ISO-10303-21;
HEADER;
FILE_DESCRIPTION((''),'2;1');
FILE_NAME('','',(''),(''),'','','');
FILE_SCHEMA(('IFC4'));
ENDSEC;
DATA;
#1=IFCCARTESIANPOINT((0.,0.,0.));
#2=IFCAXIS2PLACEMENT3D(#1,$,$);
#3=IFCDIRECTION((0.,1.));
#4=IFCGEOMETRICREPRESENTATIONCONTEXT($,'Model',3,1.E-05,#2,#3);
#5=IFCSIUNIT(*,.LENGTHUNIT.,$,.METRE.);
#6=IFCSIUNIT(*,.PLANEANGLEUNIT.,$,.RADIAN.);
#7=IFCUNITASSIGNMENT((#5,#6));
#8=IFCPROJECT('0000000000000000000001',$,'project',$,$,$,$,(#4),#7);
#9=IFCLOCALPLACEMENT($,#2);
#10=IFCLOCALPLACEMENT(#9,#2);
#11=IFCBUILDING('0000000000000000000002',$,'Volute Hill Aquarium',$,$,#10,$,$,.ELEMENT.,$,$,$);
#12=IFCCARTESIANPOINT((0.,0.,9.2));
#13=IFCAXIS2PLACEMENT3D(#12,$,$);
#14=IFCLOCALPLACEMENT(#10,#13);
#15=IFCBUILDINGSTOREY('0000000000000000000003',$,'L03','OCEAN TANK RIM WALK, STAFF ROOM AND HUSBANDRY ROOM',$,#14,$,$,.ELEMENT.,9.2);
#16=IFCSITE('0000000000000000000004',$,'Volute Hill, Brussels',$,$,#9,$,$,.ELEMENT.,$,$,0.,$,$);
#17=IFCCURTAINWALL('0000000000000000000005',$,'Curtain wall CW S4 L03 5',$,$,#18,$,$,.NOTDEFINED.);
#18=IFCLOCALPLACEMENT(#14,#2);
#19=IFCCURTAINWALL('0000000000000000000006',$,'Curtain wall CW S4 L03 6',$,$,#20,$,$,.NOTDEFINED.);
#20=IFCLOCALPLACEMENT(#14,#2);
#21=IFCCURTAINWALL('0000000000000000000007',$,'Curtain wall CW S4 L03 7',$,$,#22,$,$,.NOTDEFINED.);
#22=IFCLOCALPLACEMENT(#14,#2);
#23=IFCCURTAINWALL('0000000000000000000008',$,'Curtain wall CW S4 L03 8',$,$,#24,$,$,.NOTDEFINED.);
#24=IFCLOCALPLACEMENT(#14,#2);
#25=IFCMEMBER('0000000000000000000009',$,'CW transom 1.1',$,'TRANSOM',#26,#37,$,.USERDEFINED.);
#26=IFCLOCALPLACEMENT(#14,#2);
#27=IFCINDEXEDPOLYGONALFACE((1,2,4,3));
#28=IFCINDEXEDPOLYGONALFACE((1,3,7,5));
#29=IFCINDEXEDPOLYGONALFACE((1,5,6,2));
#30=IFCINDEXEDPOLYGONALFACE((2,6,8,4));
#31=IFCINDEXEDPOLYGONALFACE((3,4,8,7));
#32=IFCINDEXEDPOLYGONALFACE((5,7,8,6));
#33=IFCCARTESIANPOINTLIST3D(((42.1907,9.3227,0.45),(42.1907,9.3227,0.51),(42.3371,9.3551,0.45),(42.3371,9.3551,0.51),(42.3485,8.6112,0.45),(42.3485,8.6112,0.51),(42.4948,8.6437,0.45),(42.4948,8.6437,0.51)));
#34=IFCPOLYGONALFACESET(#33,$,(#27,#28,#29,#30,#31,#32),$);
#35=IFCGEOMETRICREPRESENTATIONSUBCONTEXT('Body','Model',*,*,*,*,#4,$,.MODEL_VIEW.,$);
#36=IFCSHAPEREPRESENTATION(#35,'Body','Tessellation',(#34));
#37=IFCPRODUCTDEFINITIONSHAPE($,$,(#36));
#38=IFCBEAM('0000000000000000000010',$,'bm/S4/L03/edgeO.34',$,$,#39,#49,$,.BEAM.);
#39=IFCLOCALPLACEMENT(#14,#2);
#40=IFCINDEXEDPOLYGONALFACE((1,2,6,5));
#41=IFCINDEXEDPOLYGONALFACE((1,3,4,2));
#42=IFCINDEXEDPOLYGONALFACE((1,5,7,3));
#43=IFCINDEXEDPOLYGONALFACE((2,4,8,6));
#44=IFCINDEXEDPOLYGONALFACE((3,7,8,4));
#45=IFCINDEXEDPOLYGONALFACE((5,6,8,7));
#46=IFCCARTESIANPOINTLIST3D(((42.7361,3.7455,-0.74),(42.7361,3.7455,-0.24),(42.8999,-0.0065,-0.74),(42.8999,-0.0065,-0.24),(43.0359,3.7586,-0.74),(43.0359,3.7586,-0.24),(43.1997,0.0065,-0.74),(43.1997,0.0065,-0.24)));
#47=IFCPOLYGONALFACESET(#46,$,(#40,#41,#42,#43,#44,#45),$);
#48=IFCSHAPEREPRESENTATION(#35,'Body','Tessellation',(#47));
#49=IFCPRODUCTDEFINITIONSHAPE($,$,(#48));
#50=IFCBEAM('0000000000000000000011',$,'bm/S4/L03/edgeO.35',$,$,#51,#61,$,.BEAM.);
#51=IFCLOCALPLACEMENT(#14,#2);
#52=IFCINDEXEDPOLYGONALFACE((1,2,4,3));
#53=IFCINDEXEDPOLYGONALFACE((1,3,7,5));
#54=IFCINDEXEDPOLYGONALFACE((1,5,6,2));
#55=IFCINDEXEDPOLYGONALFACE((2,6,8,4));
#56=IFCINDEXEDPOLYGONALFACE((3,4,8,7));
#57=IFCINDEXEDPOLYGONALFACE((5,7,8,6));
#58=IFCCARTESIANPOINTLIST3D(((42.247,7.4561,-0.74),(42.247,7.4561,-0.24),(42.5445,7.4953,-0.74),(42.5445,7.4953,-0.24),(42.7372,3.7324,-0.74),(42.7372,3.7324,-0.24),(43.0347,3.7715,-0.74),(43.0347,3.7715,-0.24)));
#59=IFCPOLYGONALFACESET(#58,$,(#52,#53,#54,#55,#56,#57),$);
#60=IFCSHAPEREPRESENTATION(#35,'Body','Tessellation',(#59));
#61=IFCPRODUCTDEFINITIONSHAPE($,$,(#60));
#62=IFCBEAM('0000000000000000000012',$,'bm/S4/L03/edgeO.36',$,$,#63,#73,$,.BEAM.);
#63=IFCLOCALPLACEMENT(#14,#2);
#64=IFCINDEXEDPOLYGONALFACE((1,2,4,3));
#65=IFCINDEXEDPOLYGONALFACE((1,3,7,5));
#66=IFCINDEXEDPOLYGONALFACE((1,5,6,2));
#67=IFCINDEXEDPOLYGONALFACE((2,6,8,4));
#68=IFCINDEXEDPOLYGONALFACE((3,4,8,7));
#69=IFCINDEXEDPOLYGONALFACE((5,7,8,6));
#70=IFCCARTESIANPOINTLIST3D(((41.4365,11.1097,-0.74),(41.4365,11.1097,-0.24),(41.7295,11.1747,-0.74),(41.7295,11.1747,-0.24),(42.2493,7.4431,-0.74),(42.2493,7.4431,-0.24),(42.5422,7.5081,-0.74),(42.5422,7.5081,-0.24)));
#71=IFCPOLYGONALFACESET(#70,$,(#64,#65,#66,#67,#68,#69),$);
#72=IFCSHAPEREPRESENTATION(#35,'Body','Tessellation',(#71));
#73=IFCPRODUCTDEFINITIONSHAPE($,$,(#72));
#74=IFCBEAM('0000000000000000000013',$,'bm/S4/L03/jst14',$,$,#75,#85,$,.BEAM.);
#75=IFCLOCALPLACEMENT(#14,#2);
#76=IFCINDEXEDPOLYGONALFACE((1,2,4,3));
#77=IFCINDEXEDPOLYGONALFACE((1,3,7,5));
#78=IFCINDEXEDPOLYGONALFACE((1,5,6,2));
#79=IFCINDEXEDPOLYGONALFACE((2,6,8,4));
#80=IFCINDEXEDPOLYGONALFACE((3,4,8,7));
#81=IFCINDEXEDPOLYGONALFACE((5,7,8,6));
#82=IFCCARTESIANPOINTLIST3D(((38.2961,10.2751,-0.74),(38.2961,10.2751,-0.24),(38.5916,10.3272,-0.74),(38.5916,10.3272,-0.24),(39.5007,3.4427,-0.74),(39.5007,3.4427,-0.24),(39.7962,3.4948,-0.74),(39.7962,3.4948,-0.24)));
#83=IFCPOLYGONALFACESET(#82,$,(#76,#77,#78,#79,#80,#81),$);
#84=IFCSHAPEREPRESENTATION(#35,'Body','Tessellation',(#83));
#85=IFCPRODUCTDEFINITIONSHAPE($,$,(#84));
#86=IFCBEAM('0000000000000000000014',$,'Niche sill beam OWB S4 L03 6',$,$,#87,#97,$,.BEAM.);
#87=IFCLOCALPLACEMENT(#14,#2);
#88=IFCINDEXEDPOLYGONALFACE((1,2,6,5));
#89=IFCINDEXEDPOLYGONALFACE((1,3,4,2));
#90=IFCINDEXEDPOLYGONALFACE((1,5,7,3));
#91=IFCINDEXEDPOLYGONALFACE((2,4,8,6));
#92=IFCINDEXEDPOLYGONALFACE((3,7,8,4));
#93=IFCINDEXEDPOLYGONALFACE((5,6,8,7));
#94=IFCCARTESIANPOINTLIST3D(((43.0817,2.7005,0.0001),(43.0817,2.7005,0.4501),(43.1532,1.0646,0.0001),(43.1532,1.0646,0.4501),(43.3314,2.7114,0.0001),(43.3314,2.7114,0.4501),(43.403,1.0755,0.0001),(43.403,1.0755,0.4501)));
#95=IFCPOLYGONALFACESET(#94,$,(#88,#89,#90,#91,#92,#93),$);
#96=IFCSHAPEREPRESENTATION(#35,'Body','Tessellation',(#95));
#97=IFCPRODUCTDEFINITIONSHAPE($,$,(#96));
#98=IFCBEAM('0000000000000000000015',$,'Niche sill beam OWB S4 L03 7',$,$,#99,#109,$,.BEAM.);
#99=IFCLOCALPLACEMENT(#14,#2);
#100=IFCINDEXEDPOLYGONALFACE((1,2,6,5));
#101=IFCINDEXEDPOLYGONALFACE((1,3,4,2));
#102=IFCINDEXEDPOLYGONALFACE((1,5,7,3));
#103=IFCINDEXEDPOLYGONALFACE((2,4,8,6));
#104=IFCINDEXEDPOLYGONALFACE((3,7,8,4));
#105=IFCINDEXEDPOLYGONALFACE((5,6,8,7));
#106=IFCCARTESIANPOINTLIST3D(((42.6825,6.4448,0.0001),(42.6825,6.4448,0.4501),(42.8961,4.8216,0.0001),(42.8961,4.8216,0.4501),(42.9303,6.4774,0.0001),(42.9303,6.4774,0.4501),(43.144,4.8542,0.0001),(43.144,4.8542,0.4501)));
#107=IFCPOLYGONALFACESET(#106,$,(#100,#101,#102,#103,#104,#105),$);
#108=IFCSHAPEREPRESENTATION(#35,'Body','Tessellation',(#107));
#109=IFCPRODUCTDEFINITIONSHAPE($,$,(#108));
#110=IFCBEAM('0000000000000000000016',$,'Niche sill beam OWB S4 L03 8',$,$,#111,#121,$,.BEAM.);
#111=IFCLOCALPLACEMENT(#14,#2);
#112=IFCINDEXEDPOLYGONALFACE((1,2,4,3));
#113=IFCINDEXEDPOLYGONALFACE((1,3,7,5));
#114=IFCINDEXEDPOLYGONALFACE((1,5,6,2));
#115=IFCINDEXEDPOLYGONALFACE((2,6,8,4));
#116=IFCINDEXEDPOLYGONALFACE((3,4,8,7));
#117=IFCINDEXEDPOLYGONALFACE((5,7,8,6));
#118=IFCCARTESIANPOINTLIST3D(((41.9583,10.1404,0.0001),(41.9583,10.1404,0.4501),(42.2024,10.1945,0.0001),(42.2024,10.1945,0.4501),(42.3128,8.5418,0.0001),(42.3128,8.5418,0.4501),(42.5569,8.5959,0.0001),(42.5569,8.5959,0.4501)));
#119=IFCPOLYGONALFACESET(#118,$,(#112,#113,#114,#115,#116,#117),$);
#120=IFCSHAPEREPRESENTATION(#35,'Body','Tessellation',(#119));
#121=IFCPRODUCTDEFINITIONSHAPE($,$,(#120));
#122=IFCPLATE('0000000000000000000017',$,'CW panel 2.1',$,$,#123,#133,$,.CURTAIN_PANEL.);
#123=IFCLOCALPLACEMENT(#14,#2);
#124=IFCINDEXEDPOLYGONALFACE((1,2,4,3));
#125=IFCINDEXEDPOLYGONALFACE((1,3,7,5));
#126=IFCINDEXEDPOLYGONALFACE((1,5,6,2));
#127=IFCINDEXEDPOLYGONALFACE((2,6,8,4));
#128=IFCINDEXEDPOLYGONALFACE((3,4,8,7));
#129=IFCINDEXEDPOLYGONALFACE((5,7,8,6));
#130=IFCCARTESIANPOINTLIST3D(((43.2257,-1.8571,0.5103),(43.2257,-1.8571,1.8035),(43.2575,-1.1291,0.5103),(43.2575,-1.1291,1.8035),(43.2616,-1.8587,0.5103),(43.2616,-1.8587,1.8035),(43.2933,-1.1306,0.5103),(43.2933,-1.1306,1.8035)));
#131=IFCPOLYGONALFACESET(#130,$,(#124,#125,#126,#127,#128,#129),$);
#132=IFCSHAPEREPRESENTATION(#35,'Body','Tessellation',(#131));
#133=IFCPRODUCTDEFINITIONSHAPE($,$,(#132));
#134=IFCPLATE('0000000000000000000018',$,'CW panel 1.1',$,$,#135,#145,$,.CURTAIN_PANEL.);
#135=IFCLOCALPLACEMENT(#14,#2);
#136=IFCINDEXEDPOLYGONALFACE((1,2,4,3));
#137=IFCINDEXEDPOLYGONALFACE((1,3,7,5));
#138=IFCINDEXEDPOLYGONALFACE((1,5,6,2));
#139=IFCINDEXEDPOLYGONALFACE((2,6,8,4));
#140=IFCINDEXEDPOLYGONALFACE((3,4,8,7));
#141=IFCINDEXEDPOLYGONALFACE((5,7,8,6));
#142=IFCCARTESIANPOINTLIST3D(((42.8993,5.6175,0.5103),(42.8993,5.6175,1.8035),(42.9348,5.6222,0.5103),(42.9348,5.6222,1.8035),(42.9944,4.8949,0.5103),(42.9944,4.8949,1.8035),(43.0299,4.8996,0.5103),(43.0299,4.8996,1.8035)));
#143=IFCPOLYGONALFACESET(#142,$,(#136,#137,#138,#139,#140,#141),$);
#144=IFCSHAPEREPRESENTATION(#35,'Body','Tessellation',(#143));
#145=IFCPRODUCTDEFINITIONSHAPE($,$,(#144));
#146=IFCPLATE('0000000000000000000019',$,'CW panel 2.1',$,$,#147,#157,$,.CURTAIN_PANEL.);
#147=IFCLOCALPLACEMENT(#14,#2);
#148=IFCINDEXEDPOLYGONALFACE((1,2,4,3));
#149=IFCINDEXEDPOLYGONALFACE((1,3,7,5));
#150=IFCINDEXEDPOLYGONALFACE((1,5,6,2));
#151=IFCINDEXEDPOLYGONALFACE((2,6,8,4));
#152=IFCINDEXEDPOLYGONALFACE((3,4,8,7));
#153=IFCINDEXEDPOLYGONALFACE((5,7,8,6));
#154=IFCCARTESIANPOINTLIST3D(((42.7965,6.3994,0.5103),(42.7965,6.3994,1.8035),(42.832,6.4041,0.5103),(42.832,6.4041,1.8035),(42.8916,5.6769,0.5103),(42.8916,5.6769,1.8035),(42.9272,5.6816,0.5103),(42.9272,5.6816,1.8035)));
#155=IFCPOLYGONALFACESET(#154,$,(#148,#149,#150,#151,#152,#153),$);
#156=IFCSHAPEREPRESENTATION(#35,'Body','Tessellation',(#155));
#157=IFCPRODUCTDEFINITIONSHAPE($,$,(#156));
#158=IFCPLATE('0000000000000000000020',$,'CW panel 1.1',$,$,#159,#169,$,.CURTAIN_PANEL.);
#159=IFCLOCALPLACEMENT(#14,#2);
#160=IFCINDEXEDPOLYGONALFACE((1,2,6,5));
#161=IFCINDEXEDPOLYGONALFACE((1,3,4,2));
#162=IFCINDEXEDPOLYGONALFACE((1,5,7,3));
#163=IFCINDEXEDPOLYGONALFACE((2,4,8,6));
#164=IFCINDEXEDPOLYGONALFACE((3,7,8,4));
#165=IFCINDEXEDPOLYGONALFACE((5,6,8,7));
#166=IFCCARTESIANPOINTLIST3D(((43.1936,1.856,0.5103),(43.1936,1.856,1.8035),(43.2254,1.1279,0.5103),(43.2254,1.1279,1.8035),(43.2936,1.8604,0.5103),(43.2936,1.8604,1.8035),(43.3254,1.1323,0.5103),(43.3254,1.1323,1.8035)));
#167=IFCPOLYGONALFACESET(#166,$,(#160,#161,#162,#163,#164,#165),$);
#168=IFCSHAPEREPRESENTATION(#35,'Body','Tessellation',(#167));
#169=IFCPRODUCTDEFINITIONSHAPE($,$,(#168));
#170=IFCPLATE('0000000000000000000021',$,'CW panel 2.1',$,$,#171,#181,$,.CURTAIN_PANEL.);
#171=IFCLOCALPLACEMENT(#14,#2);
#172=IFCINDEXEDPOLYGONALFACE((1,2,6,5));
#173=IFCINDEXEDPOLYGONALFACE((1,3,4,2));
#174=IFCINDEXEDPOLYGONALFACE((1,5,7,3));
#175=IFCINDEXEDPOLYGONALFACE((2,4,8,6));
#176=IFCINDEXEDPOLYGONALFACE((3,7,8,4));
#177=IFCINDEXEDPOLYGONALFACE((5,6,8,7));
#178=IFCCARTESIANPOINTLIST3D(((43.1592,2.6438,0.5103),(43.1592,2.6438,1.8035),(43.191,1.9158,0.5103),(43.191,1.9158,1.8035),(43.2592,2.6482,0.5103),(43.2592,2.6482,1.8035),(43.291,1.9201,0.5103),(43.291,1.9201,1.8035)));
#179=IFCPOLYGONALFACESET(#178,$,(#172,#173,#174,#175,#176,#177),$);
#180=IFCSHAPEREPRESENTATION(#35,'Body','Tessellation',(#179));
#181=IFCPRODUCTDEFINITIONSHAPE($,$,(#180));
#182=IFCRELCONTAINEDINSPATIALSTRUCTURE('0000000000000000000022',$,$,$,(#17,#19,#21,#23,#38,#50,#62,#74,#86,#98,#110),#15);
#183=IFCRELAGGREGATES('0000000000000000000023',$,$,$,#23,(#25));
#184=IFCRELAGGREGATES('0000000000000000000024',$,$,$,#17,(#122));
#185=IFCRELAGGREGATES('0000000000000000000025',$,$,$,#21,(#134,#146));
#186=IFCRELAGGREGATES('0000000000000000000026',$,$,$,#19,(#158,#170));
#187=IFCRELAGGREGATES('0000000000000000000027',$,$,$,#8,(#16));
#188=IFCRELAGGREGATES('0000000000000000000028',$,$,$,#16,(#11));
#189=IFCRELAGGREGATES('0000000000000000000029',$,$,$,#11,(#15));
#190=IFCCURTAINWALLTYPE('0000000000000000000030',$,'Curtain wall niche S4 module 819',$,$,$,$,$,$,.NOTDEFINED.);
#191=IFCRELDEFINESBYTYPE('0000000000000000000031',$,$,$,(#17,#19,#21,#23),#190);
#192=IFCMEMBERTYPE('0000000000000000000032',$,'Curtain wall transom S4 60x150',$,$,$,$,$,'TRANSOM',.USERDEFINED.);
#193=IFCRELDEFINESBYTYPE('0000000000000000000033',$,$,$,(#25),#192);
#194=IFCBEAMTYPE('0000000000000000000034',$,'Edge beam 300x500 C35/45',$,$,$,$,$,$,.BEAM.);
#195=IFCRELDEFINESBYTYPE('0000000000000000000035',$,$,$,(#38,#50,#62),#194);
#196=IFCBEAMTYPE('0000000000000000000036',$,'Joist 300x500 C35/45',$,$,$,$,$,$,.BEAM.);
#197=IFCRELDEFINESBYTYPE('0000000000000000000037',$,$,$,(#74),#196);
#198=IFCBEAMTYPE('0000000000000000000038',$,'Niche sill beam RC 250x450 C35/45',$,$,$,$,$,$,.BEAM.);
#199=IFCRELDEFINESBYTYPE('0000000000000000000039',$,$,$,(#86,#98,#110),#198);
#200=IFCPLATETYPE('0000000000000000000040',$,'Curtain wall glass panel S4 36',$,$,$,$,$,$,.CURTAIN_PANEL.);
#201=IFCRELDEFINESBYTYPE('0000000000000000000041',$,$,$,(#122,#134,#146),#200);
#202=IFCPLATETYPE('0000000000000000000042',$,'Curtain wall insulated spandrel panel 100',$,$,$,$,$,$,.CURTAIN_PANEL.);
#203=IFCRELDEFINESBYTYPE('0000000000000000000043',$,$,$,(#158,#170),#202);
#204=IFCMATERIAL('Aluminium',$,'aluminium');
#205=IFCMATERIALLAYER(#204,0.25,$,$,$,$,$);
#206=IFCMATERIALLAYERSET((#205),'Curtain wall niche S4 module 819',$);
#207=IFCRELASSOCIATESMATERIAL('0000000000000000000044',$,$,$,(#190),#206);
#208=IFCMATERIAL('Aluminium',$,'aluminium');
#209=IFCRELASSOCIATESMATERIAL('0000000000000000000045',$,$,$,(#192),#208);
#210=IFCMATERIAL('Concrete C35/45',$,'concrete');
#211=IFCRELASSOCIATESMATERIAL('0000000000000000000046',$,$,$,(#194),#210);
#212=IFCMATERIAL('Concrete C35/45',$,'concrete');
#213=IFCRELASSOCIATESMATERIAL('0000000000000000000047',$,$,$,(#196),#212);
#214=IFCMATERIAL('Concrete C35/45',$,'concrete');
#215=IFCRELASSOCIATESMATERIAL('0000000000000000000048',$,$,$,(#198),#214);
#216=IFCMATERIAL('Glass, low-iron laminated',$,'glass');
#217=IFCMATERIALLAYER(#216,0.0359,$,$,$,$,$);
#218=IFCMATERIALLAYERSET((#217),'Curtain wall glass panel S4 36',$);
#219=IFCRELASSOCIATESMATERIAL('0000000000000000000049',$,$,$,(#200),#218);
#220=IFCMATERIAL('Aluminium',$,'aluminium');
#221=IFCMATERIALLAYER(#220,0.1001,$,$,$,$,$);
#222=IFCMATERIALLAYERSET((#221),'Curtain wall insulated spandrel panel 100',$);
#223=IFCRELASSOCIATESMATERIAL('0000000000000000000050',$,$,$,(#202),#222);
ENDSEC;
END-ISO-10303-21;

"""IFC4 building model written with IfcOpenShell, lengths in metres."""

from ifc_helpers import new_model, si_unit, direction, frame, origin, origin_2d, place, context, subcontext, project, spatial, rectangle, extrude, material, layer, layer_set, material_profile, profile_set, type_object, element, aggregate, save


model = new_model("IFC4")

# Units and contexts
model_context = context("Model", 3, precision=1e-05, world=origin(), true_north=direction((0.0, 1.0)))
body_context = subcontext(model_context, "Body", "Model", "MODEL_VIEW")
ifc_project = project(units=[si_unit("LENGTHUNIT", "METRE"), si_unit("PLANEANGLEUNIT", "RADIAN")], contexts=[model_context])

# Site, building, storey
site_placement = place(None, origin())
site = spatial("IfcSite", under=ifc_project, at=site_placement, Name="Volute Hill, Brussels", CompositionType="ELEMENT", RefElevation=0.0)
building_placement = place(site_placement, origin())
building = spatial("IfcBuilding", under=site, at=building_placement, Name="Volute Hill Aquarium", CompositionType="ELEMENT")
storey_placement = place(building_placement, frame((0.0, 0.0, 9.2)))
storey = spatial("IfcBuildingStorey", under=building, at=storey_placement, Name="L03", Description="OCEAN TANK RIM WALK, STAFF ROOM AND HUSBANDRY ROOM", CompositionType="ELEMENT", Elevation=9.2)

# Curtain wall
ifc_material_1 = material(Name="Aluminium", Category="aluminium")
ifc_layer_1 = layer(ifc_material_1, 0.25)
ifc_layer_set_1 = layer_set([ifc_layer_1], Name="Curtain wall niche S4 module 819")
curtain_wall_type = type_object("IfcCurtainWallType", Name="Curtain wall niche S4 module 819", PredefinedType="NOTDEFINED", material=ifc_layer_set_1)
curtain_wall_1_placement = place(storey_placement, origin())
curtain_wall_1 = element("IfcCurtainWall", 1, at=curtain_wall_1_placement, inside=storey, type_object=curtain_wall_type, Name="Curtain wall CW S4 L03 5", PredefinedType="NOTDEFINED")

# Curtain walls
curtain_wall_2_placement = place(storey_placement, origin())
curtain_wall_2 = element("IfcCurtainWall", 2, at=curtain_wall_2_placement, inside=storey, type_object=curtain_wall_type, Name="Curtain wall CW S4 L03 6", PredefinedType="NOTDEFINED")
curtain_wall_3_placement = place(storey_placement, origin())
curtain_wall_3 = element("IfcCurtainWall", 3, at=curtain_wall_3_placement, inside=storey, type_object=curtain_wall_type, Name="Curtain wall CW S4 L03 7", PredefinedType="NOTDEFINED")

# Curtain wall
curtain_wall_4_placement = place(storey_placement, origin())
curtain_wall_4 = element("IfcCurtainWall", 4, at=curtain_wall_4_placement, inside=storey, type_object=curtain_wall_type, Name="Curtain wall CW S4 L03 8", PredefinedType="NOTDEFINED")

# Member
ifc_material_2 = material(Name="Aluminium", Category="aluminium")
ifc_material_profile_1 = material_profile(ifc_material_2, rectangle(XDim=0.1499, YDim=0.0601, at=origin_2d()), Name="Curtain wall transom S4 60x150")
ifc_profile_set_1 = profile_set([ifc_material_profile_1], Name="Aluminium")
member_type_1 = type_object("IfcMemberType", Name="Curtain wall transom S4 60x150", ElementType="TRANSOM", PredefinedType="USERDEFINED", material=ifc_profile_set_1)
member_1_placement = place(storey_placement, frame((42.4216, 8.6274, 0.48), z_axis=(-0.216434, 0.976297, 0.0), x_axis=(-0.976297, -0.216434, 0.0)))
member_1 = element("IfcMember", 5, at=member_1_placement, type_object=member_type_1, Name="CW transom 1.1", ObjectType="TRANSOM", PredefinedType="USERDEFINED", context=body_context, shape_type="SweptSolid", body=[
    extrude(rectangle(XDim=0.1499, YDim=0.0601, at=origin_2d()), origin(), (0.0, 0.0, 1.0), 0.7288),
])
aggregate(curtain_wall_4, [member_1])

# Beams
ifc_material_3 = material(Name="Concrete C35/45", Category="concrete")
ifc_material_profile_2 = material_profile(ifc_material_3, rectangle(XDim=0.3, YDim=0.5, at=origin_2d()), Name="RC edge beam 300x500")
ifc_profile_set_2 = profile_set([ifc_material_profile_2], Name="Concrete C35/45")
beam_type_1 = type_object("IfcBeamType", Name="Edge beam 300x500 C35/45", PredefinedType="BEAM", material=ifc_profile_set_2)
beam_1_placement = place(storey_placement, frame((43.0498, 0.0, -0.49), z_axis=(-0.043621, 0.999048, 0.0), x_axis=(-0.999048, -0.043621, 0.0)))
element("IfcBeam", 6, at=beam_1_placement, inside=storey, type_object=beam_type_1, Name="bm/S4/L03/edgeO.34", PredefinedType="BEAM", context=body_context, shape_type="SweptSolid", body=[
    extrude(rectangle(XDim=0.3, YDim=0.5, at=origin_2d()), origin(), (0.0, 0.0, 1.0), 3.7556),
])
beam_2_placement = place(storey_placement, frame((42.886, 3.752, -0.49), z_axis=(-0.130528, 0.991445, 0.0), x_axis=(-0.991445, -0.130528, 0.0)))
element("IfcBeam", 7, at=beam_2_placement, inside=storey, type_object=beam_type_1, Name="bm/S4/L03/edgeO.35", PredefinedType="BEAM", context=body_context, shape_type="SweptSolid", body=[
    extrude(rectangle(XDim=0.3, YDim=0.5, at=origin_2d()), origin(), (0.0, 0.0, 1.0), 3.7559),
])
beam_3_placement = place(storey_placement, frame((42.3958, 7.4756, -0.49), z_axis=(-0.216414, 0.976302, 0.0), x_axis=(-0.976302, -0.216414, 0.0)))
element("IfcBeam", 8, at=beam_3_placement, inside=storey, type_object=beam_type_1, Name="bm/S4/L03/edgeO.36", PredefinedType="BEAM", context=body_context, shape_type="SweptSolid", body=[
    extrude(rectangle(XDim=0.3, YDim=0.5, at=origin_2d()), origin(), (0.0, 0.0, 1.0), 3.7556),
])
ifc_material_4 = material(Name="Concrete C35/45", Category="concrete")
ifc_material_profile_3 = material_profile(ifc_material_4, rectangle(XDim=0.3, YDim=0.5, at=origin_2d()), Name="RC joist 300x500")
ifc_profile_set_3 = profile_set([ifc_material_profile_3], Name="Concrete C35/45")
beam_type_2 = type_object("IfcBeamType", Name="Joist 300x500 C35/45", PredefinedType="BEAM", material=ifc_profile_set_3)
beam_4_placement = place(storey_placement, frame((39.6484, 3.4688, -0.49), z_axis=(-0.173631, 0.984811, 0.0), x_axis=(-0.984811, -0.173631, 0.0)))
element("IfcBeam", 9, at=beam_4_placement, inside=storey, type_object=beam_type_2, Name="bm/S4/L03/jst14", PredefinedType="BEAM", context=body_context, shape_type="SweptSolid", body=[
    extrude(rectangle(XDim=0.3, YDim=0.5, at=origin_2d()), origin(), (0.0, 0.0, 1.0), 6.9377),
])
ifc_material_5 = material(Name="Concrete C35/45", Category="concrete")
ifc_material_profile_4 = material_profile(ifc_material_5, rectangle(XDim=0.25, YDim=0.45, at=origin_2d()), Name="RC beam 250x450")
ifc_profile_set_4 = profile_set([ifc_material_profile_4], Name="Concrete C35/45")
beam_type_3 = type_object("IfcBeamType", Name="Niche sill beam RC 250x450 C35/45", PredefinedType="BEAM", material=ifc_profile_set_4)
beam_5_placement = place(storey_placement, frame((43.2781, 1.0701, 0.2251), z_axis=(-0.043683, 0.999045, 0.0), x_axis=(-0.999045, -0.043683, 0.0)))
element("IfcBeam", 10, at=beam_5_placement, inside=storey, type_object=beam_type_3, Name="Niche sill beam OWB S4 L03 6", PredefinedType="BEAM", context=body_context, shape_type="SweptSolid", body=[
    extrude(rectangle(XDim=0.25, YDim=0.45, at=origin_2d()), origin(), (0.0, 0.0, 1.0), 1.6375),
])
beam_6_placement = place(storey_placement, frame((43.02, 4.8379, 0.2251), z_axis=(-0.130474, 0.991452, 0.0), x_axis=(-0.991452, -0.130474, 0.0)))
element("IfcBeam", 11, at=beam_6_placement, inside=storey, type_object=beam_type_3, Name="Niche sill beam OWB S4 L03 7", PredefinedType="BEAM", context=body_context, shape_type="SweptSolid", body=[
    extrude(rectangle(XDim=0.25, YDim=0.45, at=origin_2d()), origin(), (0.0, 0.0, 1.0), 1.6372),
])
beam_7_placement = place(storey_placement, frame((42.4348, 8.5688, 0.2251), z_axis=(-0.216488, 0.976285, 0.0), x_axis=(-0.976285, -0.216488, 0.0)))
element("IfcBeam", 12, at=beam_7_placement, inside=storey, type_object=beam_type_3, Name="Niche sill beam OWB S4 L03 8", PredefinedType="BEAM", context=body_context, shape_type="SweptSolid", body=[
    extrude(rectangle(XDim=0.25, YDim=0.45, at=origin_2d()), origin(), (0.0, 0.0, 1.0), 1.6375),
])

# Plates
ifc_material_6 = material(Name="Glass, low-iron laminated", Category="glass")
ifc_layer_2 = layer(ifc_material_6, 0.0359)
ifc_layer_set_2 = layer_set([ifc_layer_2], Name="Curtain wall glass panel S4 36")
plate_type_1 = type_object("IfcPlateType", Name="Curtain wall glass panel S4 36", PredefinedType="CURTAIN_PANEL", material=ifc_layer_set_2)
plate_1_placement = place(storey_placement, frame((43.2595, -1.4939, 0.5103), z_axis=(0.0, 0.0, 1.0), x_axis=(0.043617, 0.999048, 0.0)))
plate_1 = element("IfcPlate", 13, at=plate_1_placement, type_object=plate_type_1, Name="CW panel 2.1", PredefinedType="CURTAIN_PANEL", context=body_context, shape_type="SweptSolid", body=[
    extrude(rectangle(XDim=0.7288, YDim=0.0359, at=origin_2d()), origin(), (0.0, 0.0, 1.0), 1.2932),
])
aggregate(curtain_wall_1, [plate_1])
plate_2_placement = place(storey_placement, frame((42.9646, 5.2585, 0.5103), z_axis=(0.0, 0.0, 1.0), x_axis=(-0.130516, 0.991446, 0.0)))
plate_2 = element("IfcPlate", 14, at=plate_2_placement, type_object=plate_type_1, Name="CW panel 1.1", PredefinedType="CURTAIN_PANEL", context=body_context, shape_type="SweptSolid", body=[
    extrude(rectangle(XDim=0.7288, YDim=0.0359, at=origin_2d()), origin(), (0.0, 0.0, 1.0), 1.2932),
])
plate_3_placement = place(storey_placement, frame((42.8618, 6.0405, 0.5103), z_axis=(0.0, 0.0, 1.0), x_axis=(-0.130516, 0.991446, 0.0)))
plate_3 = element("IfcPlate", 15, at=plate_3_placement, type_object=plate_type_1, Name="CW panel 2.1", PredefinedType="CURTAIN_PANEL", context=body_context, shape_type="SweptSolid", body=[
    extrude(rectangle(XDim=0.7288, YDim=0.0359, at=origin_2d()), origin(), (0.0, 0.0, 1.0), 1.2932),
])
aggregate(curtain_wall_3, [plate_2, plate_3])
ifc_material_7 = material(Name="Aluminium", Category="aluminium")
ifc_layer_3 = layer(ifc_material_7, 0.1001)
ifc_layer_set_3 = layer_set([ifc_layer_3], Name="Curtain wall insulated spandrel panel 100")
plate_type_2 = type_object("IfcPlateType", Name="Curtain wall insulated spandrel panel 100", PredefinedType="CURTAIN_PANEL", material=ifc_layer_set_3)
plate_4_placement = place(storey_placement, frame((43.2595, 1.4941, 0.5103), z_axis=(0.0, 0.0, 1.0), x_axis=(-0.043623, 0.999048, 0.0)))
plate_4 = element("IfcPlate", 16, at=plate_4_placement, type_object=plate_type_2, Name="CW panel 1.1", PredefinedType="CURTAIN_PANEL", context=body_context, shape_type="SweptSolid", body=[
    extrude(rectangle(XDim=0.7288, YDim=0.1001, at=origin_2d()), origin(), (0.0, 0.0, 1.0), 1.2932),
])
plate_5_placement = place(storey_placement, frame((43.2251, 2.282, 0.5103), z_axis=(0.0, 0.0, 1.0), x_axis=(-0.043623, 0.999048, 0.0)))
plate_5 = element("IfcPlate", 17, at=plate_5_placement, type_object=plate_type_2, Name="CW panel 2.1", PredefinedType="CURTAIN_PANEL", context=body_context, shape_type="SweptSolid", body=[
    extrude(rectangle(XDim=0.7288, YDim=0.1001, at=origin_2d()), origin(), (0.0, 0.0, 1.0), 1.2932),
])
aggregate(curtain_wall_2, [plate_4, plate_5])

save(model, "model.ifc")
